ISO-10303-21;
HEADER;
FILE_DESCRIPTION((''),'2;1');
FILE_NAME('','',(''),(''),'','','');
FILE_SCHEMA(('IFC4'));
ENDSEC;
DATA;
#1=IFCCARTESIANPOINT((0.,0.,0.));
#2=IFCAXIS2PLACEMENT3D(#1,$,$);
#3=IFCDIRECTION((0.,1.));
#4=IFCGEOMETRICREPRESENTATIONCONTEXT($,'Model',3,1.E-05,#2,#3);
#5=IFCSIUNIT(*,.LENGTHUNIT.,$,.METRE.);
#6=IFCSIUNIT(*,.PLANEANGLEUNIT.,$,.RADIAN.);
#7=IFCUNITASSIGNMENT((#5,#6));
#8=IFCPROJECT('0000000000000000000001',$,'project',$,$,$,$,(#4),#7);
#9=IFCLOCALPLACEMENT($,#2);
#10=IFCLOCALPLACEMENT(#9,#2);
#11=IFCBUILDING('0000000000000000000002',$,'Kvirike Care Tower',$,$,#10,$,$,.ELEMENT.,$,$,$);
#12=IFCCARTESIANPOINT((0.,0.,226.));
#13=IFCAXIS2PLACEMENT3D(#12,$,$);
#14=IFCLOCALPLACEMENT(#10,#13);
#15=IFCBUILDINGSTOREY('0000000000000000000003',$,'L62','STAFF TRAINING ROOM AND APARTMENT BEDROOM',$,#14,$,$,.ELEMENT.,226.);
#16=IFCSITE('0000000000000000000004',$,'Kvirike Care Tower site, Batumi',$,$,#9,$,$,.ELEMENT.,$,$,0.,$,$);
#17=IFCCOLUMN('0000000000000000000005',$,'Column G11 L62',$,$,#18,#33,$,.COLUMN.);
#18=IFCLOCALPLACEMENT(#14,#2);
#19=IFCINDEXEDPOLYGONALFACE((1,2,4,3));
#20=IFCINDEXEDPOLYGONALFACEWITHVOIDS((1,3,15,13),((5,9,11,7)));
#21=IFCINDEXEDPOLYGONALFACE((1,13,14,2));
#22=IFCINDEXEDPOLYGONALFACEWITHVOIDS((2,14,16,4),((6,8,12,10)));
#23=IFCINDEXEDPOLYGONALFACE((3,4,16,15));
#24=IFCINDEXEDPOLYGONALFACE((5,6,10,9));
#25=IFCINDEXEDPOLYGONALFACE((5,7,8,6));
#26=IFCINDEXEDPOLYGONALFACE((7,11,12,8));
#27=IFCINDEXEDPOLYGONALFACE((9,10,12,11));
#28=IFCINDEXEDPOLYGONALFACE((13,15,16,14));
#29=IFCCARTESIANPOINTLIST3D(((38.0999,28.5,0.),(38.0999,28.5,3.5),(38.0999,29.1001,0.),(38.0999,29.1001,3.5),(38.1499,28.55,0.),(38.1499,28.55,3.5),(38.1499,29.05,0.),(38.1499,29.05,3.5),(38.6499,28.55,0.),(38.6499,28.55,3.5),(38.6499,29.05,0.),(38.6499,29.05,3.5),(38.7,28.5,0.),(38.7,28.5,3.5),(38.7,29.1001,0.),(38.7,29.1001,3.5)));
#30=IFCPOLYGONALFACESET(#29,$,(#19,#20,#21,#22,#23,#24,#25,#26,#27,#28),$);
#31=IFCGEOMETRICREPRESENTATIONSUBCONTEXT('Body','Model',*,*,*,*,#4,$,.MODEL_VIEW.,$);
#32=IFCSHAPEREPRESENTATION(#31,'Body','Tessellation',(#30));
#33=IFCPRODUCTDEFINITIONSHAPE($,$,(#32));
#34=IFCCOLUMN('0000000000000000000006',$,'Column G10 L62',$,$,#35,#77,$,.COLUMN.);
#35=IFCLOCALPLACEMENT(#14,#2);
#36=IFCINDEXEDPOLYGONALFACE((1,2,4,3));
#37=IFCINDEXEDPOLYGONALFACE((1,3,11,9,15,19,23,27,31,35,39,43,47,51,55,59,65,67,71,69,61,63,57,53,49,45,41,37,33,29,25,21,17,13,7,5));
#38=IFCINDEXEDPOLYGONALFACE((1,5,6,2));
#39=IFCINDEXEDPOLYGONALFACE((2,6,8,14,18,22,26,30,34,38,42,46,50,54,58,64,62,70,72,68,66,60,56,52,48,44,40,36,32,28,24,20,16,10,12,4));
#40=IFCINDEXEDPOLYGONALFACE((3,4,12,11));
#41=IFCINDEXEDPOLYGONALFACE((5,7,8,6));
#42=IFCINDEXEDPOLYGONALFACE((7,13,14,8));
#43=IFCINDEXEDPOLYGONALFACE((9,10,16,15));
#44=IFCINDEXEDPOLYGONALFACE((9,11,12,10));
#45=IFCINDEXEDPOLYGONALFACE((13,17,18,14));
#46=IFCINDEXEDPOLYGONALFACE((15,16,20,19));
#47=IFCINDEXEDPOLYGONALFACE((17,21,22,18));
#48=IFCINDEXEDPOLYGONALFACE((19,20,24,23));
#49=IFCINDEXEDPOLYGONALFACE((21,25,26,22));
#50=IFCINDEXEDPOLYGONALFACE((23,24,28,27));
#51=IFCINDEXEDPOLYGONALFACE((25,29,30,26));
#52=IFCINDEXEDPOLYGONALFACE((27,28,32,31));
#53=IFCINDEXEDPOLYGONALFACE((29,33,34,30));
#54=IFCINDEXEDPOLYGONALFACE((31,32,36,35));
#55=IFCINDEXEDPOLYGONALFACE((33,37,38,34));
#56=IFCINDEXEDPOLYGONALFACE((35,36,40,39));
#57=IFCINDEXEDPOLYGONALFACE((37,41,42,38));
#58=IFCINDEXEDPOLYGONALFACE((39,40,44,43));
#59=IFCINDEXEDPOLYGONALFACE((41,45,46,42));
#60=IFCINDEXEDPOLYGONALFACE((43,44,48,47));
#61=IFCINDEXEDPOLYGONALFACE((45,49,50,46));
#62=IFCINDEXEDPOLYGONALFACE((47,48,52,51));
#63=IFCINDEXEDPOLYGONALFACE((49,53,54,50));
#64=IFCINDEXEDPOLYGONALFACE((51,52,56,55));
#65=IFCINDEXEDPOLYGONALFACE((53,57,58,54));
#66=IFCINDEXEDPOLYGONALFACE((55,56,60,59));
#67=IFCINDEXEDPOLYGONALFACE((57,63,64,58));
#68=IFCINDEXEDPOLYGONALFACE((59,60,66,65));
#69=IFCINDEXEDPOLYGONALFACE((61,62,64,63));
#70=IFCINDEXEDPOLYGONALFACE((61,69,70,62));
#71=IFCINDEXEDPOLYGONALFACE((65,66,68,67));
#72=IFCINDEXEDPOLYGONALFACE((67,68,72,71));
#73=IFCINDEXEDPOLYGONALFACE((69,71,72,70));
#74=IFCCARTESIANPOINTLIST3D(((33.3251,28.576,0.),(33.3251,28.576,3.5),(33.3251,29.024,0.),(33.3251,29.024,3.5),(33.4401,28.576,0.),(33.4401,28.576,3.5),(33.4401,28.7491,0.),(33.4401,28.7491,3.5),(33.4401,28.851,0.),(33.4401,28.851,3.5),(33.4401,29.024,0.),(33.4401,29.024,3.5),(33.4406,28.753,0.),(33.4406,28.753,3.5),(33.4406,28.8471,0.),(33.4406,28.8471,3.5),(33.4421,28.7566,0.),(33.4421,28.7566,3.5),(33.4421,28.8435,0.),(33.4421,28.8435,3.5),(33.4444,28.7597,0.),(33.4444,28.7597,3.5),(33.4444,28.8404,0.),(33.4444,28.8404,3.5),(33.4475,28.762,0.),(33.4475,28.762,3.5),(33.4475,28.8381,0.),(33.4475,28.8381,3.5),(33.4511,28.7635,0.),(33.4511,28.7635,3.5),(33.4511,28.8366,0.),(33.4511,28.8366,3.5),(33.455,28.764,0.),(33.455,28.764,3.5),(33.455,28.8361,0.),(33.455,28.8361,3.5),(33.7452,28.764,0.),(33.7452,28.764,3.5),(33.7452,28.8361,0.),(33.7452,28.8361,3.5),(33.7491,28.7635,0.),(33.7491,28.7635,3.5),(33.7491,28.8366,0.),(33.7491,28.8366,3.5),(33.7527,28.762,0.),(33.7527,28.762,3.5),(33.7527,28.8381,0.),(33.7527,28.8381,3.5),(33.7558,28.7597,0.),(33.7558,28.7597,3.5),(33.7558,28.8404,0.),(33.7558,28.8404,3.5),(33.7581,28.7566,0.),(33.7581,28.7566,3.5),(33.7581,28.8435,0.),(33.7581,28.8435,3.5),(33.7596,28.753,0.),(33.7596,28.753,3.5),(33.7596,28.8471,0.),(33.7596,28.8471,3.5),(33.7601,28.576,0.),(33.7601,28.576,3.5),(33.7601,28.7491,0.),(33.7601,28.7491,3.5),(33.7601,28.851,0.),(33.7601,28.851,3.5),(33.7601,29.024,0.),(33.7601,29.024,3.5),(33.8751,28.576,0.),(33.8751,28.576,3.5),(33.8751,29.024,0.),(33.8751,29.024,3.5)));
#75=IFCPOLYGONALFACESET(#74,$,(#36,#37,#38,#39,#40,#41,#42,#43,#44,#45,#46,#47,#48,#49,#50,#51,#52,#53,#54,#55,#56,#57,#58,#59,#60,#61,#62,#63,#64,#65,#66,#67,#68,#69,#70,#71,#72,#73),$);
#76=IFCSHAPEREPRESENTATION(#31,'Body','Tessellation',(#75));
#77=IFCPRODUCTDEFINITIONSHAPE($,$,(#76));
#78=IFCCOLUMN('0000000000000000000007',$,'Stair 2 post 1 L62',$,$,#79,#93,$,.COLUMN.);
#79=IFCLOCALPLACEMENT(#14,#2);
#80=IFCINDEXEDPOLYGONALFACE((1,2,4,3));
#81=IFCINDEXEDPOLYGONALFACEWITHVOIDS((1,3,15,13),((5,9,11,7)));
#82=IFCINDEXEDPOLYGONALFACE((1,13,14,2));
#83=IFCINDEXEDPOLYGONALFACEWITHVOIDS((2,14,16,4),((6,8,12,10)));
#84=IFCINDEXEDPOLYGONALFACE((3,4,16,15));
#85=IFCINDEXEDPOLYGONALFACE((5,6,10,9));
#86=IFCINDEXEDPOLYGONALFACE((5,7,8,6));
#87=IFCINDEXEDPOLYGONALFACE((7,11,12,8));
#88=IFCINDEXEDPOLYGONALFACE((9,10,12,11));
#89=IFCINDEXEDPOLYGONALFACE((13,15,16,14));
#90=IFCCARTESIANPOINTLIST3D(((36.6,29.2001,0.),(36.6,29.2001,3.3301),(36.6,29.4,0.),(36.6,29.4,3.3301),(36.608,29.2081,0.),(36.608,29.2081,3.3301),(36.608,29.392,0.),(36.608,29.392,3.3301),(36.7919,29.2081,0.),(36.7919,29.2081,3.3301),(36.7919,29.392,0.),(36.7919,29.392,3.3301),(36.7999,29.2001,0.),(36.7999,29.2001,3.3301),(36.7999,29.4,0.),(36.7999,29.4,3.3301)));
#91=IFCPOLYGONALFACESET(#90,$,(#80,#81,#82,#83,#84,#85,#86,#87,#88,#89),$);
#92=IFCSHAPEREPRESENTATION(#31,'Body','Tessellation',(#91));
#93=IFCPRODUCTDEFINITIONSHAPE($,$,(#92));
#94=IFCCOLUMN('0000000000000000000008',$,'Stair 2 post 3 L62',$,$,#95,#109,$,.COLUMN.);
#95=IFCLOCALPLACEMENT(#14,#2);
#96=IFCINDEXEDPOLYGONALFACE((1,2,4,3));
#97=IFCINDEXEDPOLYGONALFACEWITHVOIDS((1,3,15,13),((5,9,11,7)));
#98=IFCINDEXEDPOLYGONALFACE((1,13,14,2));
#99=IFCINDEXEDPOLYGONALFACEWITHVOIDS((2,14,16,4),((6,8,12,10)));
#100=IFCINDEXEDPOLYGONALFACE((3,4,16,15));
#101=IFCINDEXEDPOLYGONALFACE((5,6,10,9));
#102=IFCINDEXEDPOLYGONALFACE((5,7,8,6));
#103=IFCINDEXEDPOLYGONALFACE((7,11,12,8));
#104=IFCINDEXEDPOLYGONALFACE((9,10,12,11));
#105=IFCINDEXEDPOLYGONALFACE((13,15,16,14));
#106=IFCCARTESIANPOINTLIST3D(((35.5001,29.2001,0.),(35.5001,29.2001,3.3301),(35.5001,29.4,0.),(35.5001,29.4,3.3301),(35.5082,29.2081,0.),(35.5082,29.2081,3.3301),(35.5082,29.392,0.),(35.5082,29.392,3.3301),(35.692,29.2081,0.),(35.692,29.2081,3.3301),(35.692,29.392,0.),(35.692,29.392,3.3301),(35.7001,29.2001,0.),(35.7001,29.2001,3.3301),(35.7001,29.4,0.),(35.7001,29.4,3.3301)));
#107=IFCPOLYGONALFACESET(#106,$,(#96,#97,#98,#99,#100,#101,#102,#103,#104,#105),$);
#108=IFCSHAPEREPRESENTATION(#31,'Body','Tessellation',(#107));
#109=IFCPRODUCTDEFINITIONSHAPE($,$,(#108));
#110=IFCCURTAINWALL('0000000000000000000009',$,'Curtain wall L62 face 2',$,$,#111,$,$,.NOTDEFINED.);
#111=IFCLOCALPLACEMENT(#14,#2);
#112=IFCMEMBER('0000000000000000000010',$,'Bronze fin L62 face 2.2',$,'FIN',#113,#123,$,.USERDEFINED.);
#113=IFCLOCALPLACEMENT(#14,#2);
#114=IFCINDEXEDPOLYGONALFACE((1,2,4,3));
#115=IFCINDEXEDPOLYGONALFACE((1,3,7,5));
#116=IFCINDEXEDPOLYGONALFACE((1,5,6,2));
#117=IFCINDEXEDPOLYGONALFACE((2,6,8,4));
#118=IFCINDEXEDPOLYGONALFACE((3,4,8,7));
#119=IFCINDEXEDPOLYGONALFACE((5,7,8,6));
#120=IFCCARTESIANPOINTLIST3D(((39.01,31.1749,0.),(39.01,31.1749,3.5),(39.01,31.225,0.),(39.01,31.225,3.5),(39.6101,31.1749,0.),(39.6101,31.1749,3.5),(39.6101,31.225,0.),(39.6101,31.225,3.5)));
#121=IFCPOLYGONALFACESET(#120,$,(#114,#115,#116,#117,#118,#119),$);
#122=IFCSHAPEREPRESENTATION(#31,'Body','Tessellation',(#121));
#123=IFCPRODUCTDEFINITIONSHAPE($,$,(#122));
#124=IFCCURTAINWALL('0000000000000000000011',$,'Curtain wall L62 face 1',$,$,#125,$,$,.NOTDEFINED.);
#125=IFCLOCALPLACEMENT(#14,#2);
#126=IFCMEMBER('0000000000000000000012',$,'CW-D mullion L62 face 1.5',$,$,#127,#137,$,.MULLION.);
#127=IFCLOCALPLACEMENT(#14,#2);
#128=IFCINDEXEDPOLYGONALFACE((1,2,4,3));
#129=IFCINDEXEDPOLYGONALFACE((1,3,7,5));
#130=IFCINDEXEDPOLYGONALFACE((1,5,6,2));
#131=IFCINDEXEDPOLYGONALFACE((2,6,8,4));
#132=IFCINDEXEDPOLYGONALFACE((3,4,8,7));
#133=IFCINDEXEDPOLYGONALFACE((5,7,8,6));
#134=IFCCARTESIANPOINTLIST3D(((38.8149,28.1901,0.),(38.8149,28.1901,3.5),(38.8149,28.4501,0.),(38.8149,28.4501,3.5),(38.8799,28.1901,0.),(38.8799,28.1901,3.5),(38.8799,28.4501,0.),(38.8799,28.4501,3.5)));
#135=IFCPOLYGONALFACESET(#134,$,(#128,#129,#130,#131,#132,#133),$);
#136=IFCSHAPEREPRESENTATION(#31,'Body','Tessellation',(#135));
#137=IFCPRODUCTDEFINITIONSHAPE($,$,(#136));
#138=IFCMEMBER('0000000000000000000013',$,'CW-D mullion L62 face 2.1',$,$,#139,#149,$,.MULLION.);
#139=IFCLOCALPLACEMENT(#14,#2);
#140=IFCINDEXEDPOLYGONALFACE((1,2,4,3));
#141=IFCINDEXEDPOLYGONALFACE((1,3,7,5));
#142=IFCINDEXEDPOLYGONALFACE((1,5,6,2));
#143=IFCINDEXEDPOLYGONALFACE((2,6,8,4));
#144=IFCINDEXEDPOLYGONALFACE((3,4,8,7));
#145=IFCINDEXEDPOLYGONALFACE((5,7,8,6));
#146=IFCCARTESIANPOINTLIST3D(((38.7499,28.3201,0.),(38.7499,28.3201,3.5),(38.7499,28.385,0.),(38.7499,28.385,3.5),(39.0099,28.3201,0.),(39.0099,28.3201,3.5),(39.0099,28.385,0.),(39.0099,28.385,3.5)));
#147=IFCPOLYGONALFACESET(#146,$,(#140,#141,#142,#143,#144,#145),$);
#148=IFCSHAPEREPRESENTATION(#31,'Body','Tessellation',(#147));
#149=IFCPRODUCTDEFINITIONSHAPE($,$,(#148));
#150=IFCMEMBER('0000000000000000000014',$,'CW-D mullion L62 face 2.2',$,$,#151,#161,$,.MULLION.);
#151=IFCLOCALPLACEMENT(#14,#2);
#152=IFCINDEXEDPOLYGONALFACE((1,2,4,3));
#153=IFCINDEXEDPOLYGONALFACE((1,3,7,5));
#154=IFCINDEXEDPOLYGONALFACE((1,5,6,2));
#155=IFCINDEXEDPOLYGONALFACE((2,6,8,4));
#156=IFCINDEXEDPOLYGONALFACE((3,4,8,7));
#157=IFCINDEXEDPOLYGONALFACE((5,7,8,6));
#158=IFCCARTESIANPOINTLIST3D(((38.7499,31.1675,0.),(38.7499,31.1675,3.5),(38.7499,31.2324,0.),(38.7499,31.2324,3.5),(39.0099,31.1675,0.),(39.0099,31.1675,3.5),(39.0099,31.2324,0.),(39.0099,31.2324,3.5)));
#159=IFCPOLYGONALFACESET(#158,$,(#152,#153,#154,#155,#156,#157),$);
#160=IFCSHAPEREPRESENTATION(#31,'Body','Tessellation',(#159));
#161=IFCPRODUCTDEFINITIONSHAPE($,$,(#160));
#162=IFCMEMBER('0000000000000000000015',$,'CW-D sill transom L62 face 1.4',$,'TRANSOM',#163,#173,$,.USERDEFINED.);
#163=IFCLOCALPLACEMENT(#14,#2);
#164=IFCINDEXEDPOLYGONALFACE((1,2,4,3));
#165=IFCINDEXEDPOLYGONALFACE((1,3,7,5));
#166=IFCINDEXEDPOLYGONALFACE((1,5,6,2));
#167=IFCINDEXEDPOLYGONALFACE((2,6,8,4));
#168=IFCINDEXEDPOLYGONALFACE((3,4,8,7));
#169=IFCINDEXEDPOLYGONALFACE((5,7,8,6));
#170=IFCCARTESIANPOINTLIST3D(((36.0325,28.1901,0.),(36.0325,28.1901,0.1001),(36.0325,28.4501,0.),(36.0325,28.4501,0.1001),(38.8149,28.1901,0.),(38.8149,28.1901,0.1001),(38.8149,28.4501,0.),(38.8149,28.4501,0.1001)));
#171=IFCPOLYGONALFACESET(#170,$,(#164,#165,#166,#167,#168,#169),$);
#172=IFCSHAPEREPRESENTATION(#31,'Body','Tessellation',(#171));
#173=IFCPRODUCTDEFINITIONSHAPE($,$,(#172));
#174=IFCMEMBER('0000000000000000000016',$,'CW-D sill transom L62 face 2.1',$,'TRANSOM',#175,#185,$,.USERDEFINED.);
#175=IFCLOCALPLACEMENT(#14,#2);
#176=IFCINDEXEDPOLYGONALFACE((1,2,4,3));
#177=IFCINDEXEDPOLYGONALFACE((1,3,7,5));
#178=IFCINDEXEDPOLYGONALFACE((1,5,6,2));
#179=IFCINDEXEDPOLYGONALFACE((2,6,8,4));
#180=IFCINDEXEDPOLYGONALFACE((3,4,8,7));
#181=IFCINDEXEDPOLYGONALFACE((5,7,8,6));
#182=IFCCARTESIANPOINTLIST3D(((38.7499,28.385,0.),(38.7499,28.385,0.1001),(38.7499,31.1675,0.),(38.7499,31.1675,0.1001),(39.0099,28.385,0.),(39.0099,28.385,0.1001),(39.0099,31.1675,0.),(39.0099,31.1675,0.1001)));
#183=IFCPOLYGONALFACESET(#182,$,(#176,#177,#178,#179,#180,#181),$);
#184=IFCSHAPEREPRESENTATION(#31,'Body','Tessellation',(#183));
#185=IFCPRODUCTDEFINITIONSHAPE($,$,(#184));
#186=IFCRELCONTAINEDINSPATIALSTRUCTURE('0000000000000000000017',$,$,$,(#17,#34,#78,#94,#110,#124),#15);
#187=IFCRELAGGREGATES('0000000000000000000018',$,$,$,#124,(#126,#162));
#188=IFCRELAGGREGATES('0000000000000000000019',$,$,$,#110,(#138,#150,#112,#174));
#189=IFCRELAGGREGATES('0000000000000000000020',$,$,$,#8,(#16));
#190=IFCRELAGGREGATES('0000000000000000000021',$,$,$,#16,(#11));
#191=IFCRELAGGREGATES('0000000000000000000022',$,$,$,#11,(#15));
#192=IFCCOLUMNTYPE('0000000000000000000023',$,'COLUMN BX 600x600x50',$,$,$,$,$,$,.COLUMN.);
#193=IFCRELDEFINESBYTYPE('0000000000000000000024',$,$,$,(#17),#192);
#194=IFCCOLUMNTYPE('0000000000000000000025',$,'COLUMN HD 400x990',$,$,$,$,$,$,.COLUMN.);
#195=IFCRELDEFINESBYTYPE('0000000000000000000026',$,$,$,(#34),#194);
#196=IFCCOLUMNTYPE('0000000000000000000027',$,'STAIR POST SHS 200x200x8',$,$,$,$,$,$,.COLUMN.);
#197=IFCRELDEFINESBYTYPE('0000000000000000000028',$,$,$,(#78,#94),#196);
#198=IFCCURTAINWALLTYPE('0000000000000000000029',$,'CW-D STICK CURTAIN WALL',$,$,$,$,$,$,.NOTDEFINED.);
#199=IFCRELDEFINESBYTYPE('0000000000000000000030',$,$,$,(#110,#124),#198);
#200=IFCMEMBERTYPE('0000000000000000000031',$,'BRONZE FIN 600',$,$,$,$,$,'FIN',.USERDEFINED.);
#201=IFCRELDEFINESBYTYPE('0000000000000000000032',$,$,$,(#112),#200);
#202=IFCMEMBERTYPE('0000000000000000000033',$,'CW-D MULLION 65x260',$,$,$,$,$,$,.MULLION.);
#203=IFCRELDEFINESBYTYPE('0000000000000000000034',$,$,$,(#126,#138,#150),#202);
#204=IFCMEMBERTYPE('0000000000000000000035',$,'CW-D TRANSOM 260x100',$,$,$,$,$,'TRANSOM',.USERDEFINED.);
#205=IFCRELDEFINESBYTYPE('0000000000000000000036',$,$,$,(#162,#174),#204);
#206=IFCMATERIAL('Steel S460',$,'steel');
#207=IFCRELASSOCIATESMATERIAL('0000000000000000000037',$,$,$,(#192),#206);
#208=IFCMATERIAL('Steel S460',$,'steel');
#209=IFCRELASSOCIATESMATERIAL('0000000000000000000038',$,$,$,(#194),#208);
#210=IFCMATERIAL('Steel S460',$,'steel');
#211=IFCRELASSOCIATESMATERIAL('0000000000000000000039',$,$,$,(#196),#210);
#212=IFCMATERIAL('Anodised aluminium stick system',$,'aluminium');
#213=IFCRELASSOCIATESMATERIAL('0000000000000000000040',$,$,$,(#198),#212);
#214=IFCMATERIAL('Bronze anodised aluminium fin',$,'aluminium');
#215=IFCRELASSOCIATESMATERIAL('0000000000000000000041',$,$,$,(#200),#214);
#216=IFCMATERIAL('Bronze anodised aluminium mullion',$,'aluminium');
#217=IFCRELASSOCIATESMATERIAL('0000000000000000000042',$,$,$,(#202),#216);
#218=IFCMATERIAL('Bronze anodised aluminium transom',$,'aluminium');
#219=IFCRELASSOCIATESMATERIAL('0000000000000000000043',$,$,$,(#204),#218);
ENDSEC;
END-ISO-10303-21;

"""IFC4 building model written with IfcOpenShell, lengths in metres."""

from ifc_helpers import new_model, si_unit, direction, frame, origin, origin_2d, place, context, subcontext, project, spatial, rectangle, hollow_rectangle, i_section, extrude, material, material_profile, profile_set, type_object, element, aggregate, save


model = new_model("IFC4")

# Units and contexts
model_context = context("Model", 3, precision=1e-05, world=origin(), true_north=direction((0.0, 1.0)))
body_context = subcontext(model_context, "Body", "Model", "MODEL_VIEW")
ifc_project = project(units=[si_unit("LENGTHUNIT", "METRE"), si_unit("PLANEANGLEUNIT", "RADIAN")], contexts=[model_context])

# Site, building, storey
site_placement = place(None, origin())
site = spatial("IfcSite", under=ifc_project, at=site_placement, Name="Kvirike Care Tower site, Batumi", CompositionType="ELEMENT", RefElevation=0.0)
building_placement = place(site_placement, origin())
building = spatial("IfcBuilding", under=site, at=building_placement, Name="Kvirike Care Tower", CompositionType="ELEMENT")
storey_placement = place(building_placement, frame((0.0, 0.0, 226.0)))
storey = spatial("IfcBuildingStorey", under=building, at=storey_placement, Name="L62", Description="STAFF TRAINING ROOM AND APARTMENT BEDROOM", CompositionType="ELEMENT", Elevation=226.0)

# Columns
ifc_material_1 = material(Name="Steel S460", Category="steel")
ifc_material_profile_1 = material_profile(ifc_material_1, hollow_rectangle(XDim=0.6001, YDim=0.6001, WallThickness=0.05, at=origin_2d()), Name="BX 600x600x50")
ifc_profile_set_1 = profile_set([ifc_material_profile_1], Name="Steel S460")
column_type_1 = type_object("IfcColumnType", Name="COLUMN BX 600x600x50", PredefinedType="COLUMN", material=ifc_profile_set_1)
column_1_placement = place(storey_placement, frame((38.3999, 28.8, 0.0), z_axis=(0.0, 0.0, 1.0), x_axis=(0.0, 1.0, 0.0)))
element("IfcColumn", 1, at=column_1_placement, inside=storey, type_object=column_type_1, Name="Column G11 L62", PredefinedType="COLUMN", context=body_context, shape_type="SweptSolid", body=[
    extrude(hollow_rectangle(XDim=0.6001, YDim=0.6001, WallThickness=0.05, at=origin_2d()), origin(), (0.0, 0.0, 1.0), 3.5),
])
ifc_material_2 = material(Name="Steel S460", Category="steel")
ifc_material_profile_2 = material_profile(ifc_material_2, i_section(OverallWidth=0.448, OverallDepth=0.55, WebThickness=0.072, FlangeThickness=0.115, FilletRadius=0.0149, at=origin_2d()), Name="HD 400x990")
ifc_profile_set_2 = profile_set([ifc_material_profile_2], Name="Steel S460")
column_type_2 = type_object("IfcColumnType", Name="COLUMN HD 400x990", PredefinedType="COLUMN", material=ifc_profile_set_2)
column_2_placement = place(storey_placement, frame((33.6001, 28.8, 0.0), z_axis=(0.0, 0.0, 1.0), x_axis=(0.0, 1.0, 0.0)))
element("IfcColumn", 2, at=column_2_placement, inside=storey, type_object=column_type_2, Name="Column G10 L62", PredefinedType="COLUMN", context=body_context, shape_type="SweptSolid", body=[
    extrude(i_section(OverallWidth=0.448, OverallDepth=0.55, WebThickness=0.072, FlangeThickness=0.115, FilletRadius=0.0149, at=origin_2d()), origin(), (0.0, 0.0, 1.0), 3.5),
])
ifc_material_3 = material(Name="Steel S460", Category="steel")
ifc_material_profile_3 = material_profile(ifc_material_3, hollow_rectangle(XDim=0.2, YDim=0.2, WallThickness=0.0081, at=origin_2d()), Name="SHS 200x200x8")
ifc_profile_set_3 = profile_set([ifc_material_profile_3], Name="Steel S460")
column_type_3 = type_object("IfcColumnType", Name="STAIR POST SHS 200x200x8", PredefinedType="COLUMN", material=ifc_profile_set_3)
for number, where, z_axis, x_axis, name in (
    (3, (36.7, 29.3, 0.0), (0.0, 0.0, 1.0), (1.0, 0.0, 0.0), "Stair 2 post 1 L62"),
    (4, (35.6001, 29.3, 0.0), (0.0, 0.0, 1.0), (1.0, 0.0, 0.0), "Stair 2 post 3 L62"),
):
    element("IfcColumn", number, at=place(storey_placement, frame(where, z_axis=z_axis, x_axis=x_axis)), inside=storey, type_object=column_type_3, Name=name, PredefinedType="COLUMN", context=body_context, shape_type="SweptSolid", body=[
        extrude(hollow_rectangle(XDim=0.2, YDim=0.2, WallThickness=0.0081, at=origin_2d()), origin(), (0.0, 0.0, 1.0), 3.3301),
    ])

# Curtain walls, members
ifc_material_4 = material(Name="Anodised aluminium stick system", Category="aluminium")
curtain_wall_type = type_object("IfcCurtainWallType", Name="CW-D STICK CURTAIN WALL", PredefinedType="NOTDEFINED", material=ifc_material_4)
curtain_wall_1_placement = place(storey_placement, origin())
curtain_wall_1 = element("IfcCurtainWall", 5, at=curtain_wall_1_placement, inside=storey, type_object=curtain_wall_type, Name="Curtain wall L62 face 2", PredefinedType="NOTDEFINED")
ifc_material_5 = material(Name="Bronze anodised aluminium fin", Category="aluminium")
ifc_material_profile_4 = material_profile(ifc_material_5, rectangle(XDim=0.05, YDim=0.6001, at=origin_2d()), Name="BRONZE FIN 600")
ifc_profile_set_4 = profile_set([ifc_material_profile_4], Name="Bronze anodised aluminium fin")
member_type_1 = type_object("IfcMemberType", Name="BRONZE FIN 600", ElementType="FIN", PredefinedType="USERDEFINED", material=ifc_profile_set_4)
member_1_placement = place(storey_placement, frame((39.3101, 31.2, 0.0), z_axis=(0.0, 0.0, 1.0), x_axis=(0.0, 1.0, 0.0)))
member_1 = element("IfcMember", 6, at=member_1_placement, type_object=member_type_1, Name="Bronze fin L62 face 2.2", ObjectType="FIN", PredefinedType="USERDEFINED", context=body_context, shape_type="SweptSolid", body=[
    extrude(rectangle(XDim=0.05, YDim=0.6001, at=origin_2d()), origin(), (0.0, 0.0, 1.0), 3.5),
])
curtain_wall_2_placement = place(storey_placement, origin())
curtain_wall_2 = element("IfcCurtainWall", 7, at=curtain_wall_2_placement, inside=storey, type_object=curtain_wall_type, Name="Curtain wall L62 face 1", PredefinedType="NOTDEFINED")
ifc_material_6 = material(Name="Bronze anodised aluminium mullion", Category="aluminium")
ifc_material_profile_5 = material_profile(ifc_material_6, rectangle(XDim=0.0649, YDim=0.26, at=origin_2d()), Name="CW-D MULLION 65x260")
ifc_profile_set_5 = profile_set([ifc_material_profile_5], Name="Bronze anodised aluminium mullion")
member_type_2 = type_object("IfcMemberType", Name="CW-D MULLION 65x260", PredefinedType="MULLION", material=ifc_profile_set_5)
member_2_placement = place(storey_placement, frame((38.8474, 28.3201, 0.0), z_axis=(0.0, 0.0, 1.0), x_axis=(1.0, 0.0, 0.0)))
member_2 = element("IfcMember", 8, at=member_2_placement, type_object=member_type_2, Name="CW-D mullion L62 face 1.5", PredefinedType="MULLION", context=body_context, shape_type="SweptSolid", body=[
    extrude(rectangle(XDim=0.0649, YDim=0.26, at=origin_2d()), origin(), (0.0, 0.0, 1.0), 3.5),
])

# Members
member_3_placement = place(storey_placement, frame((38.8799, 28.3525, 0.0), z_axis=(0.0, 0.0, 1.0), x_axis=(0.0, 1.0, 0.0)))
member_3 = element("IfcMember", 9, at=member_3_placement, type_object=member_type_2, Name="CW-D mullion L62 face 2.1", PredefinedType="MULLION", context=body_context, shape_type="SweptSolid", body=[
    extrude(rectangle(XDim=0.0649, YDim=0.26, at=origin_2d()), origin(), (0.0, 0.0, 1.0), 3.5),
])
member_4_placement = place(storey_placement, frame((38.8799, 31.2, 0.0), z_axis=(0.0, 0.0, 1.0), x_axis=(0.0, 1.0, 0.0)))
member_4 = element("IfcMember", 10, at=member_4_placement, type_object=member_type_2, Name="CW-D mullion L62 face 2.2", PredefinedType="MULLION", context=body_context, shape_type="SweptSolid", body=[
    extrude(rectangle(XDim=0.0649, YDim=0.26, at=origin_2d()), origin(), (0.0, 0.0, 1.0), 3.5),
])
ifc_material_7 = material(Name="Bronze anodised aluminium transom", Category="aluminium")
ifc_material_profile_6 = material_profile(ifc_material_7, rectangle(XDim=0.26, YDim=0.1001, at=origin_2d()), Name="CW-D TRANSOM 260x100")
ifc_profile_set_6 = profile_set([ifc_material_profile_6], Name="Bronze anodised aluminium transom")
member_type_3 = type_object("IfcMemberType", Name="CW-D TRANSOM 260x100", ElementType="TRANSOM", PredefinedType="USERDEFINED", material=ifc_profile_set_6)
member_5_placement = place(storey_placement, frame((36.0325, 28.3201, 0.05), z_axis=(1.0, 0.0, 0.0), x_axis=(0.0, 1.0, 0.0)))
member_5 = element("IfcMember", 11, at=member_5_placement, type_object=member_type_3, Name="CW-D sill transom L62 face 1.4", ObjectType="TRANSOM", PredefinedType="USERDEFINED", context=body_context, shape_type="SweptSolid", body=[
    extrude(rectangle(XDim=0.26, YDim=0.1001, at=origin_2d()), origin(), (0.0, 0.0, 1.0), 2.7825),
])
member_6_placement = place(storey_placement, frame((38.8799, 28.385, 0.05), z_axis=(0.0, 1.0, 0.0), x_axis=(-1.0, 0.0, 0.0)))
member_6 = element("IfcMember", 12, at=member_6_placement, type_object=member_type_3, Name="CW-D sill transom L62 face 2.1", ObjectType="TRANSOM", PredefinedType="USERDEFINED", context=body_context, shape_type="SweptSolid", body=[
    extrude(rectangle(XDim=0.26, YDim=0.1001, at=origin_2d()), origin(), (0.0, 0.0, 1.0), 2.7825),
])

aggregate(curtain_wall_2, [member_2, member_5])
aggregate(curtain_wall_1, [member_3, member_4, member_1, member_6])

save(model, "model.ifc")
